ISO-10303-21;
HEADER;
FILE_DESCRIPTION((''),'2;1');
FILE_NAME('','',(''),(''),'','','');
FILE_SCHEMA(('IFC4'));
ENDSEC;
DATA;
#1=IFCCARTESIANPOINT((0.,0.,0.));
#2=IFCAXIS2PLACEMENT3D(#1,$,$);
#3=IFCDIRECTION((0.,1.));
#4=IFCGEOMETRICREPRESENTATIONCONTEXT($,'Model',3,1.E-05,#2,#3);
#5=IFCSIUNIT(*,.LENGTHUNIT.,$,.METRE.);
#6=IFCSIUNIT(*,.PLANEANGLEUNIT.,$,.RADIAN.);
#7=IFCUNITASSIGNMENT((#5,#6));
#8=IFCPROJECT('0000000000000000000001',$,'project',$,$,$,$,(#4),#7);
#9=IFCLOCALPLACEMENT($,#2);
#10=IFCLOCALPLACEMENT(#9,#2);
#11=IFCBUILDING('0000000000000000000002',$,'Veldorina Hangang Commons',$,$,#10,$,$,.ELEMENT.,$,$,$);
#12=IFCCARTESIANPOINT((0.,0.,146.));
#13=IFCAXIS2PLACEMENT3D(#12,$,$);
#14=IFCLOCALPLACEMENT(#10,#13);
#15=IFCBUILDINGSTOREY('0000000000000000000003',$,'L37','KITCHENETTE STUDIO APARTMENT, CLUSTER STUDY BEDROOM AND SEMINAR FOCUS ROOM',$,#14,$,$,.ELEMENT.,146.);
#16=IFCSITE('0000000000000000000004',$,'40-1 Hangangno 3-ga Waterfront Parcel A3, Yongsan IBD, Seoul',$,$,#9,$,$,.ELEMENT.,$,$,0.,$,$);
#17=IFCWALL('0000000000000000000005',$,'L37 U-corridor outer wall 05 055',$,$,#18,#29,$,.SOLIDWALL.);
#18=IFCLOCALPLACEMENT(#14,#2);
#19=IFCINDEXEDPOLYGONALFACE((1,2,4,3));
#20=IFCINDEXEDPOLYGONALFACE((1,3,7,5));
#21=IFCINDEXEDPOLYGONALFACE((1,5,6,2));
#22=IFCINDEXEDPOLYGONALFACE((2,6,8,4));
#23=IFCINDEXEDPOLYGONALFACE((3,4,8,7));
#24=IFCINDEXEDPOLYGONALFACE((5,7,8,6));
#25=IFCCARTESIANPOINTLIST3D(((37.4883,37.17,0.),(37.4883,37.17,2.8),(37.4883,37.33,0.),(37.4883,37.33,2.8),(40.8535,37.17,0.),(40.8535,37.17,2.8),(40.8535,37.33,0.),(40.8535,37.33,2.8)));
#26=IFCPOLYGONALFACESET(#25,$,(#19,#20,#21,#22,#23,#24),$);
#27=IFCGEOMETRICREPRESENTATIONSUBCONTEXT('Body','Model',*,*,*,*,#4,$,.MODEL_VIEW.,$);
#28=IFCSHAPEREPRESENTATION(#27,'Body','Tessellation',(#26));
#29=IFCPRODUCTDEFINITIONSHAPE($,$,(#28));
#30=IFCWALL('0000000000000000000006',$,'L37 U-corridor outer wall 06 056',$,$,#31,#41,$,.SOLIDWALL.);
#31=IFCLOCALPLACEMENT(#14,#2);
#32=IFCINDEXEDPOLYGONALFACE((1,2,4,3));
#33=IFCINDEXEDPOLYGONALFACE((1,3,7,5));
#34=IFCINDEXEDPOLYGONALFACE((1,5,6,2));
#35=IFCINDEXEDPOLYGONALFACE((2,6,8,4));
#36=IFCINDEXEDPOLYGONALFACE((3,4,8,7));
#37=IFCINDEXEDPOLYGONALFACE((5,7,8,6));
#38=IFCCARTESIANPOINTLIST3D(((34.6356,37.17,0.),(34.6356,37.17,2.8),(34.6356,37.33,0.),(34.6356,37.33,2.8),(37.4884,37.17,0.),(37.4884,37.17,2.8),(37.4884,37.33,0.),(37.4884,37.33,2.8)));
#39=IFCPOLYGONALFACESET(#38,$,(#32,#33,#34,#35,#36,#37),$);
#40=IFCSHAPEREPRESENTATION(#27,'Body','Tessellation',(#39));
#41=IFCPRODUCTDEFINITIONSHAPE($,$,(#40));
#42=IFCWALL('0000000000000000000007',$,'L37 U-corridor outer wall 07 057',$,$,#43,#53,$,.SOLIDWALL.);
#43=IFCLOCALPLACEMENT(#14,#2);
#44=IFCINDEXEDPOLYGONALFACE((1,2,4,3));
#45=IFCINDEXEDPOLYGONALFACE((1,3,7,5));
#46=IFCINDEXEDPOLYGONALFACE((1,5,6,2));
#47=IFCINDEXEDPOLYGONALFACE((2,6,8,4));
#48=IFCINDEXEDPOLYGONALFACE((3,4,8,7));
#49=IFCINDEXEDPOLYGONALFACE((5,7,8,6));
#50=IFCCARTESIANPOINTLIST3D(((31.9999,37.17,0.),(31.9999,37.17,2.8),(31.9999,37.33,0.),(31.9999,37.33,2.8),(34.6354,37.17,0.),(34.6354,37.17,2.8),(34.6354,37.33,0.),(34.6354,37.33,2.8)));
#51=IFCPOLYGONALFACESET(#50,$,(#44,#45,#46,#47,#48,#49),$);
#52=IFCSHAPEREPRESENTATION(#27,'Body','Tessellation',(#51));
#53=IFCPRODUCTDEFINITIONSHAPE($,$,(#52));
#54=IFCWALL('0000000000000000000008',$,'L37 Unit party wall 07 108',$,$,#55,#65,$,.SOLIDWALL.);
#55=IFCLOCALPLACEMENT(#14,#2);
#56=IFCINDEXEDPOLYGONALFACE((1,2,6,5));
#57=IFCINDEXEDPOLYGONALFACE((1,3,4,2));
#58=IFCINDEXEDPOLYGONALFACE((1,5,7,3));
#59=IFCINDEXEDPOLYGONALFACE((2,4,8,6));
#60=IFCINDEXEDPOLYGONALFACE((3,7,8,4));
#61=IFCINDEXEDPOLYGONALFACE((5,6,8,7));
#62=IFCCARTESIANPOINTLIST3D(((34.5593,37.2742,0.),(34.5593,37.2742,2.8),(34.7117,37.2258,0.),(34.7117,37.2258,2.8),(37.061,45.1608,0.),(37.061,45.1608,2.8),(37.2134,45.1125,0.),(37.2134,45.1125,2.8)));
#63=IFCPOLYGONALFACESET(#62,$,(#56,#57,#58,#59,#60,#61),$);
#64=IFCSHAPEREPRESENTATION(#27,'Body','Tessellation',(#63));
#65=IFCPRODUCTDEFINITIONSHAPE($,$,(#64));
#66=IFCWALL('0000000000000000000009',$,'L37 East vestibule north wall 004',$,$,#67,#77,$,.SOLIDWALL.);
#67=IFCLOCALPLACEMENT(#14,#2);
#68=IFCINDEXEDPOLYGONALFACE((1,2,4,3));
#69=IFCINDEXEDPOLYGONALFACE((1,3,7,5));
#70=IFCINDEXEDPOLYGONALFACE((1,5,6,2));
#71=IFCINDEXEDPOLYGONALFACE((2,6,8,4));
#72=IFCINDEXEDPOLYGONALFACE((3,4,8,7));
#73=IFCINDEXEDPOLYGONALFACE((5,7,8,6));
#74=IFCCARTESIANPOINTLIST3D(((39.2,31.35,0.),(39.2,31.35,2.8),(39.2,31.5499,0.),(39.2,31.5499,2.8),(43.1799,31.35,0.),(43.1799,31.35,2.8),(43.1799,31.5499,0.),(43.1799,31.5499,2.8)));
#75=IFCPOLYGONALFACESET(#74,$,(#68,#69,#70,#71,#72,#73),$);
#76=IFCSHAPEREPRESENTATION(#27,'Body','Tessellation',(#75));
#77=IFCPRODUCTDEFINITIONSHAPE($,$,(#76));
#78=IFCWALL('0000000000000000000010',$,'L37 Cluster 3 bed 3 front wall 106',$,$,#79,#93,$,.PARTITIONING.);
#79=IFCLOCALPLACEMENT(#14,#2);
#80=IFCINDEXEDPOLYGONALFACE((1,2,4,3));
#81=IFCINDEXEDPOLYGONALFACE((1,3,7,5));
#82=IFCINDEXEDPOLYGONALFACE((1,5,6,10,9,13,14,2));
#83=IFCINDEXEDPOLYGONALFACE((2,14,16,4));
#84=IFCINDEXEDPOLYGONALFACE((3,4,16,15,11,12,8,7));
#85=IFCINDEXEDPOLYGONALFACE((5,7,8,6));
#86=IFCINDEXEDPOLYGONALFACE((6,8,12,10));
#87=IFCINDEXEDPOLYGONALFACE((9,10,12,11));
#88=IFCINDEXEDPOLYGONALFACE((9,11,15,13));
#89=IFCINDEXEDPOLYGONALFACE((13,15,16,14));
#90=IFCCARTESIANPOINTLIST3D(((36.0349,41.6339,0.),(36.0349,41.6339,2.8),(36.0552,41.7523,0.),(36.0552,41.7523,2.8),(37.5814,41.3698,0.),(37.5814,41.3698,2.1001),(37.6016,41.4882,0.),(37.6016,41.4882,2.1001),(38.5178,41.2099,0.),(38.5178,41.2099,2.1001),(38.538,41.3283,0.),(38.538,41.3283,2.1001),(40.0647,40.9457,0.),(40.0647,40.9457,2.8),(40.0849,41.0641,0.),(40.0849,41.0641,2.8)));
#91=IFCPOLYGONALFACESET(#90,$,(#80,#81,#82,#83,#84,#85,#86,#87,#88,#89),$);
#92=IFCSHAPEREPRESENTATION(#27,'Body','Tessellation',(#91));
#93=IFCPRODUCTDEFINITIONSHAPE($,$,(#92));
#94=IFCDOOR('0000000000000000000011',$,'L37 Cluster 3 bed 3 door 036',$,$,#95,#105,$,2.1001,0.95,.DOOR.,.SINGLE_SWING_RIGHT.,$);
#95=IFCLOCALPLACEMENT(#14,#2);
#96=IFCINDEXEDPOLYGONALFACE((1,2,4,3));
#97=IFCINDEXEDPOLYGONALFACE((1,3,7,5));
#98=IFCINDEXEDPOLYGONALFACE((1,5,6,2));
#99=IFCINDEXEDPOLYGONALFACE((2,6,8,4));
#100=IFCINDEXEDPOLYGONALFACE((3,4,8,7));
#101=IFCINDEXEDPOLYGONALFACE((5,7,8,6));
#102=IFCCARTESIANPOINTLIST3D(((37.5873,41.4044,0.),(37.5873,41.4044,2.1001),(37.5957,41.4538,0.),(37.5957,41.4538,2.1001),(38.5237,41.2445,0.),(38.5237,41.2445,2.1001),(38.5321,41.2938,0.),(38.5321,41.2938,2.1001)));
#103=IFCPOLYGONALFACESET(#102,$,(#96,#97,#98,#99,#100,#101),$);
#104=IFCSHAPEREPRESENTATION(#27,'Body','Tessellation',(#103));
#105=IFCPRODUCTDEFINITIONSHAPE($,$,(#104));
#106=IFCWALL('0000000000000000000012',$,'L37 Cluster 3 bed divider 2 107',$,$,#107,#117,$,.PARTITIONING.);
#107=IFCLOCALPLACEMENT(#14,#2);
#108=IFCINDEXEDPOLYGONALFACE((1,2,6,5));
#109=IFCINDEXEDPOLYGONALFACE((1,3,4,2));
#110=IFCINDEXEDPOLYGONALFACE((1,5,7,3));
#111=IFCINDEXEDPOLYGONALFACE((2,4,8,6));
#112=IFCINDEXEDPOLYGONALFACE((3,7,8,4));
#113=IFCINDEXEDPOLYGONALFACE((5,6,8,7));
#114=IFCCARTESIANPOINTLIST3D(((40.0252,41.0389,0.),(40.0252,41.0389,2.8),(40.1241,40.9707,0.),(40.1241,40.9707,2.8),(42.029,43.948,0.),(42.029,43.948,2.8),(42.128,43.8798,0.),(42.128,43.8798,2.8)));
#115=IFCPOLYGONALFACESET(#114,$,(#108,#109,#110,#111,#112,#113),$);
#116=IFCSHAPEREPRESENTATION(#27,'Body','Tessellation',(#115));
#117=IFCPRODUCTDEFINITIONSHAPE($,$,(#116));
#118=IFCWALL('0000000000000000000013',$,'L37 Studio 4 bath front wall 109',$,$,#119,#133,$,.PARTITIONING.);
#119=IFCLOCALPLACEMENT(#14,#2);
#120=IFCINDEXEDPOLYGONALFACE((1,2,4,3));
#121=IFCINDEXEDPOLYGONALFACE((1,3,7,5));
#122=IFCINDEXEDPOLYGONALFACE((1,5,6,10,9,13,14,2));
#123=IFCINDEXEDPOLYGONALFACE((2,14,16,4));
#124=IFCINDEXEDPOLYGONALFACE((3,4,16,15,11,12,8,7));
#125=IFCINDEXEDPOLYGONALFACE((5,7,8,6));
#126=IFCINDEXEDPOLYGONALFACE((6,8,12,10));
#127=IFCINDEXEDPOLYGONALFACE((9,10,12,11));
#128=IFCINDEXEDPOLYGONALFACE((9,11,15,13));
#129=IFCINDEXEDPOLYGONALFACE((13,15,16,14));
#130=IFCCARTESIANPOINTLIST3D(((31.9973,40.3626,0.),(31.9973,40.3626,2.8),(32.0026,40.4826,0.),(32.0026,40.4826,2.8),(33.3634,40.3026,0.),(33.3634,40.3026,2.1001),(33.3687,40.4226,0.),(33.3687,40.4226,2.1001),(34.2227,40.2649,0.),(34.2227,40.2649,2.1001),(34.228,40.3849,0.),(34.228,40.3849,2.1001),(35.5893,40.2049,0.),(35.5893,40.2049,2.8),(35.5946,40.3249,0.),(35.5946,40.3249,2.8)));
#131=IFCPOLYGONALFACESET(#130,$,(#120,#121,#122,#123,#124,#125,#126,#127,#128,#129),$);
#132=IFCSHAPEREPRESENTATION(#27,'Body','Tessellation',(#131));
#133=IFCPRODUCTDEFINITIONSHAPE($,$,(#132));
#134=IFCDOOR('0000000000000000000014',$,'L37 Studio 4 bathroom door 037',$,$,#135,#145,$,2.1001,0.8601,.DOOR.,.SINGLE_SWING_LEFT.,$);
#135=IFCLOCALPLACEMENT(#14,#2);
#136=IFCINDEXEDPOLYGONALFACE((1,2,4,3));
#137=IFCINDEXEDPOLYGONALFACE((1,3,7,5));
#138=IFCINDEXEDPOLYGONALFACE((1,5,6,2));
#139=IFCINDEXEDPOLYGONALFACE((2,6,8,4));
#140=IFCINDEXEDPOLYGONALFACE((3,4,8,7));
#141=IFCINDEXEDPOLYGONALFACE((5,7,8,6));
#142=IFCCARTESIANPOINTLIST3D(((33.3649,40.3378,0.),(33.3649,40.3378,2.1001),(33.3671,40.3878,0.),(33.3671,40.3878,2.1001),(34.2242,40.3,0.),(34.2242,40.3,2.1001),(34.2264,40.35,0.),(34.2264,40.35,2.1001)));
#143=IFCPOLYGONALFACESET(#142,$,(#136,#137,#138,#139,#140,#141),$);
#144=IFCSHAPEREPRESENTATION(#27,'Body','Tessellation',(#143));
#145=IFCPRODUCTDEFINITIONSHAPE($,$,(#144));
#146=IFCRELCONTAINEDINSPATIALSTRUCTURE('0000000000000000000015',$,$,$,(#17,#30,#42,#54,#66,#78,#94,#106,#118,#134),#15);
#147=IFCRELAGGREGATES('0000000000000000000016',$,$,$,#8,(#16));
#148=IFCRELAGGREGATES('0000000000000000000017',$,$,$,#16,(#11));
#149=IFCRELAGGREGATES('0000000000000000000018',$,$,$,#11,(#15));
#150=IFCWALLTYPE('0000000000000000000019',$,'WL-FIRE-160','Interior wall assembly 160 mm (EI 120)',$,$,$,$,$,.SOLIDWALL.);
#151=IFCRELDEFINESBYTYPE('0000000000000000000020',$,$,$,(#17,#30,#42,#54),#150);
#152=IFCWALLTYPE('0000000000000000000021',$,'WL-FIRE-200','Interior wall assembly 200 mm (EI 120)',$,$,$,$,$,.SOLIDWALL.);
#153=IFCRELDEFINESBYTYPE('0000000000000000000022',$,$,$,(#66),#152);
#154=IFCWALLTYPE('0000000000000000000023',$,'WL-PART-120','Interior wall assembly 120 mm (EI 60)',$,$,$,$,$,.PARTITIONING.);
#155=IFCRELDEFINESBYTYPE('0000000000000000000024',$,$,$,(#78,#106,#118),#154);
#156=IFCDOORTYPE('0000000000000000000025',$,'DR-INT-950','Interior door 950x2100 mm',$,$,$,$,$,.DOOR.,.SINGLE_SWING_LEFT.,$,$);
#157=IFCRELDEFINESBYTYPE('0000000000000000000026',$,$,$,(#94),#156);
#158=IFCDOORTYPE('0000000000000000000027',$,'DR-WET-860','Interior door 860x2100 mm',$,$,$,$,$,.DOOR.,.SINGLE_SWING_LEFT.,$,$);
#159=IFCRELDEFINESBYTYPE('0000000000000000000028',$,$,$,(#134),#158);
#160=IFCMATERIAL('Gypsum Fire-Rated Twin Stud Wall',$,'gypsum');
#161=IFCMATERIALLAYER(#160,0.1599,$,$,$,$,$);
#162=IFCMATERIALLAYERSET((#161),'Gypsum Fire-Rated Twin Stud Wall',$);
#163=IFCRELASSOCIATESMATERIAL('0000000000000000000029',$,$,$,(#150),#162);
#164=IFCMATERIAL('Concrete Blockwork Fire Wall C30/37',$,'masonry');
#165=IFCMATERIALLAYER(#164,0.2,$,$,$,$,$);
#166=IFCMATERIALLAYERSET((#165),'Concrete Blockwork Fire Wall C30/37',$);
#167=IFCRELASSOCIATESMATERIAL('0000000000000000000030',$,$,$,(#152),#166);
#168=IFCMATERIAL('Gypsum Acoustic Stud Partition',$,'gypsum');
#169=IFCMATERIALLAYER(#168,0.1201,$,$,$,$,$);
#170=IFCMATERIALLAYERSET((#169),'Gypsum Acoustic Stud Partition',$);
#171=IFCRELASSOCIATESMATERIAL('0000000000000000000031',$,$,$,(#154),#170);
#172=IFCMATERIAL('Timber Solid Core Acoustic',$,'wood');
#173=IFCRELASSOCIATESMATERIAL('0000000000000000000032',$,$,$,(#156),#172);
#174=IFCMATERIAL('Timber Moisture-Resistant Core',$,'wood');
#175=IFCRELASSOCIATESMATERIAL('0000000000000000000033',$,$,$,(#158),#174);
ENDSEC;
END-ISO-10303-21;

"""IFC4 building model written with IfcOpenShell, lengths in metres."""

from ifc_helpers import new_model, si_unit, direction, frame, frame_2d, origin, place, context, subcontext, project, spatial, rectangle, extrude, material, layer, layer_set, type_object, element, fill, save


model = new_model("IFC4")

# Units and contexts
model_context = context("Model", 3, precision=1e-05, world=origin(), true_north=direction((0.0, 1.0)))
body_context = subcontext(model_context, "Body", "Model", "MODEL_VIEW")
ifc_project = project(units=[si_unit("LENGTHUNIT", "METRE"), si_unit("PLANEANGLEUNIT", "RADIAN")], contexts=[model_context])

# Site, building, storey
site_placement = place(None, origin())
site = spatial("IfcSite", under=ifc_project, at=site_placement, Name="40-1 Hangangno 3-ga Waterfront Parcel A3, Yongsan IBD, Seoul", CompositionType="ELEMENT", RefElevation=0.0)
building_placement = place(site_placement, origin())
building = spatial("IfcBuilding", under=site, at=building_placement, Name="Veldorina Hangang Commons", CompositionType="ELEMENT")
storey_placement = place(building_placement, frame((0.0, 0.0, 146.0)))
storey = spatial("IfcBuildingStorey", under=building, at=storey_placement, Name="L37", Description="KITCHENETTE STUDIO APARTMENT, CLUSTER STUDY BEDROOM AND SEMINAR FOCUS ROOM", CompositionType="ELEMENT", Elevation=146.0)

# Walls
ifc_material_1 = material(Name="Gypsum Fire-Rated Twin Stud Wall", Category="gypsum")
ifc_layer_1 = layer(ifc_material_1, 0.1599)
ifc_layer_set_1 = layer_set([ifc_layer_1], Name="Gypsum Fire-Rated Twin Stud Wall")
wall_type_1 = type_object("IfcWallType", Name="WL-FIRE-160", Description="Interior wall assembly 160 mm (EI 120)", PredefinedType="SOLIDWALL", material=ifc_layer_set_1)
wall_1_placement = place(storey_placement, frame((40.8535, 37.25, 0.0), z_axis=(0.0, 0.0, 1.0), x_axis=(-1.0, 0.0, 0.0)))
element("IfcWall", 1, at=wall_1_placement, inside=storey, type_object=wall_type_1, Name="L37 U-corridor outer wall 05 055", PredefinedType="SOLIDWALL", context=body_context, shape_type="SweptSolid", body=[
    extrude(rectangle(XDim=3.3652, YDim=0.1599, at=frame_2d((1.6826, 0.0))), origin(), (0.0, 0.0, 1.0), 2.8),
])
wall_2_placement = place(storey_placement, frame((37.4883, 37.25, 0.0), z_axis=(0.0, 0.0, 1.0), x_axis=(-1.0, 0.0, 0.0)))
element("IfcWall", 2, at=wall_2_placement, inside=storey, type_object=wall_type_1, Name="L37 U-corridor outer wall 06 056", PredefinedType="SOLIDWALL", context=body_context, shape_type="SweptSolid", body=[
    extrude(rectangle(XDim=2.8528, YDim=0.1599, at=frame_2d((1.4263, 0.0))), origin(), (0.0, 0.0, 1.0), 2.8),
])
wall_3_placement = place(storey_placement, frame((34.6355, 37.25, 0.0), z_axis=(0.0, 0.0, 1.0), x_axis=(-1.0, 0.0, 0.0)))
element("IfcWall", 3, at=wall_3_placement, inside=storey, type_object=wall_type_1, Name="L37 U-corridor outer wall 07 057", PredefinedType="SOLIDWALL", context=body_context, shape_type="SweptSolid", body=[
    extrude(rectangle(XDim=2.6355, YDim=0.1599, at=frame_2d((1.3179, 0.0))), origin(), (0.0, 0.0, 1.0), 2.8),
])
wall_4_placement = place(storey_placement, frame((34.6355, 37.25, 0.0), z_axis=(0.0, 0.0, 1.0), x_axis=(0.302358, 0.953194, 0.0)))
element("IfcWall", 4, at=wall_4_placement, inside=storey, type_object=wall_type_1, Name="L37 Unit party wall 07 108", PredefinedType="SOLIDWALL", context=body_context, shape_type="SweptSolid", body=[
    extrude(rectangle(XDim=8.2739, YDim=0.1599, at=frame_2d((4.137, 0.0))), origin(), (0.0, 0.0, 1.0), 2.8),
])
ifc_material_2 = material(Name="Concrete Blockwork Fire Wall C30/37", Category="masonry")
ifc_layer_2 = layer(ifc_material_2, 0.2)
ifc_layer_set_2 = layer_set([ifc_layer_2], Name="Concrete Blockwork Fire Wall C30/37")
wall_type_2 = type_object("IfcWallType", Name="WL-FIRE-200", Description="Interior wall assembly 200 mm (EI 120)", PredefinedType="SOLIDWALL", material=ifc_layer_set_2)
wall_5_placement = place(storey_placement, frame((39.2, 31.45, 0.0), z_axis=(0.0, 0.0, 1.0), x_axis=(1.0, 0.0, 0.0)))
element("IfcWall", 5, at=wall_5_placement, inside=storey, type_object=wall_type_2, Name="L37 East vestibule north wall 004", PredefinedType="SOLIDWALL", context=body_context, shape_type="SweptSolid", body=[
    extrude(rectangle(XDim=3.98, YDim=0.2, at=frame_2d((1.99, 0.0))), origin(), (0.0, 0.0, 1.0), 2.8),
])

# Wall, opening, door
ifc_material_3 = material(Name="Gypsum Acoustic Stud Partition", Category="gypsum")
ifc_layer_3 = layer(ifc_material_3, 0.1201)
ifc_layer_set_3 = layer_set([ifc_layer_3], Name="Gypsum Acoustic Stud Partition")
wall_type_3 = type_object("IfcWallType", Name="WL-PART-120", Description="Interior wall assembly 120 mm (EI 60)", PredefinedType="PARTITIONING", material=ifc_layer_set_3)
wall_6_placement = place(storey_placement, frame((40.0747, 41.0049, 0.0), z_axis=(0.0, 0.0, 1.0), x_axis=(-0.985727, 0.168349, 0.0)))
wall_6 = element("IfcWall", 6, at=wall_6_placement, inside=storey, type_object=wall_type_3, Name="L37 Cluster 3 bed 3 front wall 106", PredefinedType="PARTITIONING", context=body_context, shape_type="SweptSolid", body=[
    extrude(rectangle(XDim=4.0881, YDim=0.1201, at=frame_2d((2.0439, 0.0))), origin(), (0.0, 0.0, 1.0), 2.8),
])
opening_1_placement = place(wall_6_placement, frame((1.5691, 0.0, 0.0)))
opening_1 = element("IfcOpeningElement", 7, at=opening_1_placement, cuts=wall_6, PredefinedType="OPENING", context=body_context, shape_type="SweptSolid", body=[
    extrude(rectangle(XDim=0.95, YDim=2.1001, at=frame_2d((0.4751, 1.05))), frame((0.0, 0.0701, 0.0), z_axis=(0.0, -1.0, 0.0), x_axis=(1.0, 0.0, 0.0)), (0.0, 0.0, 1.0), 0.1401),
])
ifc_material_4 = material(Name="Timber Solid Core Acoustic", Category="wood")
door_type_1 = type_object("IfcDoorType", Name="DR-INT-950", Description="Interior door 950x2100 mm", OperationType="SINGLE_SWING_LEFT", PredefinedType="DOOR", material=ifc_material_4)
door_1_placement = place(opening_1_placement, origin())
door_1 = element("IfcDoor", 8, at=door_1_placement, inside=storey, type_object=door_type_1, Name="L37 Cluster 3 bed 3 door 036", OperationType="SINGLE_SWING_RIGHT", OverallHeight=2.1001, OverallWidth=0.95, PredefinedType="DOOR", context=body_context, shape_type="SweptSolid", body=[
    extrude(rectangle(XDim=0.95, YDim=2.1001, at=frame_2d((0.4751, 1.05))), frame((0.0, 0.0249, 0.0), z_axis=(0.0, -1.0, 0.0), x_axis=(1.0, 0.0, 0.0)), (0.0, 0.0, 1.0), 0.05),
])
fill(opening_1, door_1)

# Wall
wall_7_placement = place(storey_placement, frame((40.0747, 41.0049, 0.0), z_axis=(0.0, 0.0, 1.0), x_axis=(0.567268, 0.823533, 0.0)))
element("IfcWall", 9, at=wall_7_placement, inside=storey, type_object=wall_type_3, Name="L37 Cluster 3 bed divider 2 107", PredefinedType="PARTITIONING", context=body_context, shape_type="SweptSolid", body=[
    extrude(rectangle(XDim=3.5325, YDim=0.1201, at=frame_2d((1.7661, 0.0))), origin(), (0.0, 0.0, 1.0), 2.8),
])

# Wall, opening, door
wall_8_placement = place(storey_placement, frame((35.592, 40.2649, 0.0), z_axis=(0.0, 0.0, 1.0), x_axis=(-0.999037, 0.043864, 0.0)))
wall_8 = element("IfcWall", 10, at=wall_8_placement, inside=storey, type_object=wall_type_3, Name="L37 Studio 4 bath front wall 109", PredefinedType="PARTITIONING", context=body_context, shape_type="SweptSolid", body=[
    extrude(rectangle(XDim=3.5955, YDim=0.1201, at=frame_2d((1.7979, 0.0))), origin(), (0.0, 0.0, 1.0), 2.8),
])
opening_2_placement = place(wall_8_placement, frame((1.3679, 0.0, 0.0)))
opening_2 = element("IfcOpeningElement", 11, at=opening_2_placement, cuts=wall_8, PredefinedType="OPENING", context=body_context, shape_type="SweptSolid", body=[
    extrude(rectangle(XDim=0.8601, YDim=2.1001, at=frame_2d((0.4302, 1.05))), frame((0.0, 0.0701, 0.0), z_axis=(0.0, -1.0, 0.0), x_axis=(1.0, 0.0, 0.0)), (0.0, 0.0, 1.0), 0.1401),
])
ifc_material_5 = material(Name="Timber Moisture-Resistant Core", Category="wood")
door_type_2 = type_object("IfcDoorType", Name="DR-WET-860", Description="Interior door 860x2100 mm", OperationType="SINGLE_SWING_LEFT", PredefinedType="DOOR", material=ifc_material_5)
door_2_placement = place(opening_2_placement, origin())
door_2 = element("IfcDoor", 12, at=door_2_placement, inside=storey, type_object=door_type_2, Name="L37 Studio 4 bathroom door 037", OperationType="SINGLE_SWING_LEFT", OverallHeight=2.1001, OverallWidth=0.8601, PredefinedType="DOOR", context=body_context, shape_type="SweptSolid", body=[
    extrude(rectangle(XDim=0.8601, YDim=2.1001, at=frame_2d((0.4302, 1.05))), frame((0.0, 0.0249, 0.0), z_axis=(0.0, -1.0, 0.0), x_axis=(1.0, 0.0, 0.0)), (0.0, 0.0, 1.0), 0.05),
])
fill(opening_2, door_2)

save(model, "model.ifc")
